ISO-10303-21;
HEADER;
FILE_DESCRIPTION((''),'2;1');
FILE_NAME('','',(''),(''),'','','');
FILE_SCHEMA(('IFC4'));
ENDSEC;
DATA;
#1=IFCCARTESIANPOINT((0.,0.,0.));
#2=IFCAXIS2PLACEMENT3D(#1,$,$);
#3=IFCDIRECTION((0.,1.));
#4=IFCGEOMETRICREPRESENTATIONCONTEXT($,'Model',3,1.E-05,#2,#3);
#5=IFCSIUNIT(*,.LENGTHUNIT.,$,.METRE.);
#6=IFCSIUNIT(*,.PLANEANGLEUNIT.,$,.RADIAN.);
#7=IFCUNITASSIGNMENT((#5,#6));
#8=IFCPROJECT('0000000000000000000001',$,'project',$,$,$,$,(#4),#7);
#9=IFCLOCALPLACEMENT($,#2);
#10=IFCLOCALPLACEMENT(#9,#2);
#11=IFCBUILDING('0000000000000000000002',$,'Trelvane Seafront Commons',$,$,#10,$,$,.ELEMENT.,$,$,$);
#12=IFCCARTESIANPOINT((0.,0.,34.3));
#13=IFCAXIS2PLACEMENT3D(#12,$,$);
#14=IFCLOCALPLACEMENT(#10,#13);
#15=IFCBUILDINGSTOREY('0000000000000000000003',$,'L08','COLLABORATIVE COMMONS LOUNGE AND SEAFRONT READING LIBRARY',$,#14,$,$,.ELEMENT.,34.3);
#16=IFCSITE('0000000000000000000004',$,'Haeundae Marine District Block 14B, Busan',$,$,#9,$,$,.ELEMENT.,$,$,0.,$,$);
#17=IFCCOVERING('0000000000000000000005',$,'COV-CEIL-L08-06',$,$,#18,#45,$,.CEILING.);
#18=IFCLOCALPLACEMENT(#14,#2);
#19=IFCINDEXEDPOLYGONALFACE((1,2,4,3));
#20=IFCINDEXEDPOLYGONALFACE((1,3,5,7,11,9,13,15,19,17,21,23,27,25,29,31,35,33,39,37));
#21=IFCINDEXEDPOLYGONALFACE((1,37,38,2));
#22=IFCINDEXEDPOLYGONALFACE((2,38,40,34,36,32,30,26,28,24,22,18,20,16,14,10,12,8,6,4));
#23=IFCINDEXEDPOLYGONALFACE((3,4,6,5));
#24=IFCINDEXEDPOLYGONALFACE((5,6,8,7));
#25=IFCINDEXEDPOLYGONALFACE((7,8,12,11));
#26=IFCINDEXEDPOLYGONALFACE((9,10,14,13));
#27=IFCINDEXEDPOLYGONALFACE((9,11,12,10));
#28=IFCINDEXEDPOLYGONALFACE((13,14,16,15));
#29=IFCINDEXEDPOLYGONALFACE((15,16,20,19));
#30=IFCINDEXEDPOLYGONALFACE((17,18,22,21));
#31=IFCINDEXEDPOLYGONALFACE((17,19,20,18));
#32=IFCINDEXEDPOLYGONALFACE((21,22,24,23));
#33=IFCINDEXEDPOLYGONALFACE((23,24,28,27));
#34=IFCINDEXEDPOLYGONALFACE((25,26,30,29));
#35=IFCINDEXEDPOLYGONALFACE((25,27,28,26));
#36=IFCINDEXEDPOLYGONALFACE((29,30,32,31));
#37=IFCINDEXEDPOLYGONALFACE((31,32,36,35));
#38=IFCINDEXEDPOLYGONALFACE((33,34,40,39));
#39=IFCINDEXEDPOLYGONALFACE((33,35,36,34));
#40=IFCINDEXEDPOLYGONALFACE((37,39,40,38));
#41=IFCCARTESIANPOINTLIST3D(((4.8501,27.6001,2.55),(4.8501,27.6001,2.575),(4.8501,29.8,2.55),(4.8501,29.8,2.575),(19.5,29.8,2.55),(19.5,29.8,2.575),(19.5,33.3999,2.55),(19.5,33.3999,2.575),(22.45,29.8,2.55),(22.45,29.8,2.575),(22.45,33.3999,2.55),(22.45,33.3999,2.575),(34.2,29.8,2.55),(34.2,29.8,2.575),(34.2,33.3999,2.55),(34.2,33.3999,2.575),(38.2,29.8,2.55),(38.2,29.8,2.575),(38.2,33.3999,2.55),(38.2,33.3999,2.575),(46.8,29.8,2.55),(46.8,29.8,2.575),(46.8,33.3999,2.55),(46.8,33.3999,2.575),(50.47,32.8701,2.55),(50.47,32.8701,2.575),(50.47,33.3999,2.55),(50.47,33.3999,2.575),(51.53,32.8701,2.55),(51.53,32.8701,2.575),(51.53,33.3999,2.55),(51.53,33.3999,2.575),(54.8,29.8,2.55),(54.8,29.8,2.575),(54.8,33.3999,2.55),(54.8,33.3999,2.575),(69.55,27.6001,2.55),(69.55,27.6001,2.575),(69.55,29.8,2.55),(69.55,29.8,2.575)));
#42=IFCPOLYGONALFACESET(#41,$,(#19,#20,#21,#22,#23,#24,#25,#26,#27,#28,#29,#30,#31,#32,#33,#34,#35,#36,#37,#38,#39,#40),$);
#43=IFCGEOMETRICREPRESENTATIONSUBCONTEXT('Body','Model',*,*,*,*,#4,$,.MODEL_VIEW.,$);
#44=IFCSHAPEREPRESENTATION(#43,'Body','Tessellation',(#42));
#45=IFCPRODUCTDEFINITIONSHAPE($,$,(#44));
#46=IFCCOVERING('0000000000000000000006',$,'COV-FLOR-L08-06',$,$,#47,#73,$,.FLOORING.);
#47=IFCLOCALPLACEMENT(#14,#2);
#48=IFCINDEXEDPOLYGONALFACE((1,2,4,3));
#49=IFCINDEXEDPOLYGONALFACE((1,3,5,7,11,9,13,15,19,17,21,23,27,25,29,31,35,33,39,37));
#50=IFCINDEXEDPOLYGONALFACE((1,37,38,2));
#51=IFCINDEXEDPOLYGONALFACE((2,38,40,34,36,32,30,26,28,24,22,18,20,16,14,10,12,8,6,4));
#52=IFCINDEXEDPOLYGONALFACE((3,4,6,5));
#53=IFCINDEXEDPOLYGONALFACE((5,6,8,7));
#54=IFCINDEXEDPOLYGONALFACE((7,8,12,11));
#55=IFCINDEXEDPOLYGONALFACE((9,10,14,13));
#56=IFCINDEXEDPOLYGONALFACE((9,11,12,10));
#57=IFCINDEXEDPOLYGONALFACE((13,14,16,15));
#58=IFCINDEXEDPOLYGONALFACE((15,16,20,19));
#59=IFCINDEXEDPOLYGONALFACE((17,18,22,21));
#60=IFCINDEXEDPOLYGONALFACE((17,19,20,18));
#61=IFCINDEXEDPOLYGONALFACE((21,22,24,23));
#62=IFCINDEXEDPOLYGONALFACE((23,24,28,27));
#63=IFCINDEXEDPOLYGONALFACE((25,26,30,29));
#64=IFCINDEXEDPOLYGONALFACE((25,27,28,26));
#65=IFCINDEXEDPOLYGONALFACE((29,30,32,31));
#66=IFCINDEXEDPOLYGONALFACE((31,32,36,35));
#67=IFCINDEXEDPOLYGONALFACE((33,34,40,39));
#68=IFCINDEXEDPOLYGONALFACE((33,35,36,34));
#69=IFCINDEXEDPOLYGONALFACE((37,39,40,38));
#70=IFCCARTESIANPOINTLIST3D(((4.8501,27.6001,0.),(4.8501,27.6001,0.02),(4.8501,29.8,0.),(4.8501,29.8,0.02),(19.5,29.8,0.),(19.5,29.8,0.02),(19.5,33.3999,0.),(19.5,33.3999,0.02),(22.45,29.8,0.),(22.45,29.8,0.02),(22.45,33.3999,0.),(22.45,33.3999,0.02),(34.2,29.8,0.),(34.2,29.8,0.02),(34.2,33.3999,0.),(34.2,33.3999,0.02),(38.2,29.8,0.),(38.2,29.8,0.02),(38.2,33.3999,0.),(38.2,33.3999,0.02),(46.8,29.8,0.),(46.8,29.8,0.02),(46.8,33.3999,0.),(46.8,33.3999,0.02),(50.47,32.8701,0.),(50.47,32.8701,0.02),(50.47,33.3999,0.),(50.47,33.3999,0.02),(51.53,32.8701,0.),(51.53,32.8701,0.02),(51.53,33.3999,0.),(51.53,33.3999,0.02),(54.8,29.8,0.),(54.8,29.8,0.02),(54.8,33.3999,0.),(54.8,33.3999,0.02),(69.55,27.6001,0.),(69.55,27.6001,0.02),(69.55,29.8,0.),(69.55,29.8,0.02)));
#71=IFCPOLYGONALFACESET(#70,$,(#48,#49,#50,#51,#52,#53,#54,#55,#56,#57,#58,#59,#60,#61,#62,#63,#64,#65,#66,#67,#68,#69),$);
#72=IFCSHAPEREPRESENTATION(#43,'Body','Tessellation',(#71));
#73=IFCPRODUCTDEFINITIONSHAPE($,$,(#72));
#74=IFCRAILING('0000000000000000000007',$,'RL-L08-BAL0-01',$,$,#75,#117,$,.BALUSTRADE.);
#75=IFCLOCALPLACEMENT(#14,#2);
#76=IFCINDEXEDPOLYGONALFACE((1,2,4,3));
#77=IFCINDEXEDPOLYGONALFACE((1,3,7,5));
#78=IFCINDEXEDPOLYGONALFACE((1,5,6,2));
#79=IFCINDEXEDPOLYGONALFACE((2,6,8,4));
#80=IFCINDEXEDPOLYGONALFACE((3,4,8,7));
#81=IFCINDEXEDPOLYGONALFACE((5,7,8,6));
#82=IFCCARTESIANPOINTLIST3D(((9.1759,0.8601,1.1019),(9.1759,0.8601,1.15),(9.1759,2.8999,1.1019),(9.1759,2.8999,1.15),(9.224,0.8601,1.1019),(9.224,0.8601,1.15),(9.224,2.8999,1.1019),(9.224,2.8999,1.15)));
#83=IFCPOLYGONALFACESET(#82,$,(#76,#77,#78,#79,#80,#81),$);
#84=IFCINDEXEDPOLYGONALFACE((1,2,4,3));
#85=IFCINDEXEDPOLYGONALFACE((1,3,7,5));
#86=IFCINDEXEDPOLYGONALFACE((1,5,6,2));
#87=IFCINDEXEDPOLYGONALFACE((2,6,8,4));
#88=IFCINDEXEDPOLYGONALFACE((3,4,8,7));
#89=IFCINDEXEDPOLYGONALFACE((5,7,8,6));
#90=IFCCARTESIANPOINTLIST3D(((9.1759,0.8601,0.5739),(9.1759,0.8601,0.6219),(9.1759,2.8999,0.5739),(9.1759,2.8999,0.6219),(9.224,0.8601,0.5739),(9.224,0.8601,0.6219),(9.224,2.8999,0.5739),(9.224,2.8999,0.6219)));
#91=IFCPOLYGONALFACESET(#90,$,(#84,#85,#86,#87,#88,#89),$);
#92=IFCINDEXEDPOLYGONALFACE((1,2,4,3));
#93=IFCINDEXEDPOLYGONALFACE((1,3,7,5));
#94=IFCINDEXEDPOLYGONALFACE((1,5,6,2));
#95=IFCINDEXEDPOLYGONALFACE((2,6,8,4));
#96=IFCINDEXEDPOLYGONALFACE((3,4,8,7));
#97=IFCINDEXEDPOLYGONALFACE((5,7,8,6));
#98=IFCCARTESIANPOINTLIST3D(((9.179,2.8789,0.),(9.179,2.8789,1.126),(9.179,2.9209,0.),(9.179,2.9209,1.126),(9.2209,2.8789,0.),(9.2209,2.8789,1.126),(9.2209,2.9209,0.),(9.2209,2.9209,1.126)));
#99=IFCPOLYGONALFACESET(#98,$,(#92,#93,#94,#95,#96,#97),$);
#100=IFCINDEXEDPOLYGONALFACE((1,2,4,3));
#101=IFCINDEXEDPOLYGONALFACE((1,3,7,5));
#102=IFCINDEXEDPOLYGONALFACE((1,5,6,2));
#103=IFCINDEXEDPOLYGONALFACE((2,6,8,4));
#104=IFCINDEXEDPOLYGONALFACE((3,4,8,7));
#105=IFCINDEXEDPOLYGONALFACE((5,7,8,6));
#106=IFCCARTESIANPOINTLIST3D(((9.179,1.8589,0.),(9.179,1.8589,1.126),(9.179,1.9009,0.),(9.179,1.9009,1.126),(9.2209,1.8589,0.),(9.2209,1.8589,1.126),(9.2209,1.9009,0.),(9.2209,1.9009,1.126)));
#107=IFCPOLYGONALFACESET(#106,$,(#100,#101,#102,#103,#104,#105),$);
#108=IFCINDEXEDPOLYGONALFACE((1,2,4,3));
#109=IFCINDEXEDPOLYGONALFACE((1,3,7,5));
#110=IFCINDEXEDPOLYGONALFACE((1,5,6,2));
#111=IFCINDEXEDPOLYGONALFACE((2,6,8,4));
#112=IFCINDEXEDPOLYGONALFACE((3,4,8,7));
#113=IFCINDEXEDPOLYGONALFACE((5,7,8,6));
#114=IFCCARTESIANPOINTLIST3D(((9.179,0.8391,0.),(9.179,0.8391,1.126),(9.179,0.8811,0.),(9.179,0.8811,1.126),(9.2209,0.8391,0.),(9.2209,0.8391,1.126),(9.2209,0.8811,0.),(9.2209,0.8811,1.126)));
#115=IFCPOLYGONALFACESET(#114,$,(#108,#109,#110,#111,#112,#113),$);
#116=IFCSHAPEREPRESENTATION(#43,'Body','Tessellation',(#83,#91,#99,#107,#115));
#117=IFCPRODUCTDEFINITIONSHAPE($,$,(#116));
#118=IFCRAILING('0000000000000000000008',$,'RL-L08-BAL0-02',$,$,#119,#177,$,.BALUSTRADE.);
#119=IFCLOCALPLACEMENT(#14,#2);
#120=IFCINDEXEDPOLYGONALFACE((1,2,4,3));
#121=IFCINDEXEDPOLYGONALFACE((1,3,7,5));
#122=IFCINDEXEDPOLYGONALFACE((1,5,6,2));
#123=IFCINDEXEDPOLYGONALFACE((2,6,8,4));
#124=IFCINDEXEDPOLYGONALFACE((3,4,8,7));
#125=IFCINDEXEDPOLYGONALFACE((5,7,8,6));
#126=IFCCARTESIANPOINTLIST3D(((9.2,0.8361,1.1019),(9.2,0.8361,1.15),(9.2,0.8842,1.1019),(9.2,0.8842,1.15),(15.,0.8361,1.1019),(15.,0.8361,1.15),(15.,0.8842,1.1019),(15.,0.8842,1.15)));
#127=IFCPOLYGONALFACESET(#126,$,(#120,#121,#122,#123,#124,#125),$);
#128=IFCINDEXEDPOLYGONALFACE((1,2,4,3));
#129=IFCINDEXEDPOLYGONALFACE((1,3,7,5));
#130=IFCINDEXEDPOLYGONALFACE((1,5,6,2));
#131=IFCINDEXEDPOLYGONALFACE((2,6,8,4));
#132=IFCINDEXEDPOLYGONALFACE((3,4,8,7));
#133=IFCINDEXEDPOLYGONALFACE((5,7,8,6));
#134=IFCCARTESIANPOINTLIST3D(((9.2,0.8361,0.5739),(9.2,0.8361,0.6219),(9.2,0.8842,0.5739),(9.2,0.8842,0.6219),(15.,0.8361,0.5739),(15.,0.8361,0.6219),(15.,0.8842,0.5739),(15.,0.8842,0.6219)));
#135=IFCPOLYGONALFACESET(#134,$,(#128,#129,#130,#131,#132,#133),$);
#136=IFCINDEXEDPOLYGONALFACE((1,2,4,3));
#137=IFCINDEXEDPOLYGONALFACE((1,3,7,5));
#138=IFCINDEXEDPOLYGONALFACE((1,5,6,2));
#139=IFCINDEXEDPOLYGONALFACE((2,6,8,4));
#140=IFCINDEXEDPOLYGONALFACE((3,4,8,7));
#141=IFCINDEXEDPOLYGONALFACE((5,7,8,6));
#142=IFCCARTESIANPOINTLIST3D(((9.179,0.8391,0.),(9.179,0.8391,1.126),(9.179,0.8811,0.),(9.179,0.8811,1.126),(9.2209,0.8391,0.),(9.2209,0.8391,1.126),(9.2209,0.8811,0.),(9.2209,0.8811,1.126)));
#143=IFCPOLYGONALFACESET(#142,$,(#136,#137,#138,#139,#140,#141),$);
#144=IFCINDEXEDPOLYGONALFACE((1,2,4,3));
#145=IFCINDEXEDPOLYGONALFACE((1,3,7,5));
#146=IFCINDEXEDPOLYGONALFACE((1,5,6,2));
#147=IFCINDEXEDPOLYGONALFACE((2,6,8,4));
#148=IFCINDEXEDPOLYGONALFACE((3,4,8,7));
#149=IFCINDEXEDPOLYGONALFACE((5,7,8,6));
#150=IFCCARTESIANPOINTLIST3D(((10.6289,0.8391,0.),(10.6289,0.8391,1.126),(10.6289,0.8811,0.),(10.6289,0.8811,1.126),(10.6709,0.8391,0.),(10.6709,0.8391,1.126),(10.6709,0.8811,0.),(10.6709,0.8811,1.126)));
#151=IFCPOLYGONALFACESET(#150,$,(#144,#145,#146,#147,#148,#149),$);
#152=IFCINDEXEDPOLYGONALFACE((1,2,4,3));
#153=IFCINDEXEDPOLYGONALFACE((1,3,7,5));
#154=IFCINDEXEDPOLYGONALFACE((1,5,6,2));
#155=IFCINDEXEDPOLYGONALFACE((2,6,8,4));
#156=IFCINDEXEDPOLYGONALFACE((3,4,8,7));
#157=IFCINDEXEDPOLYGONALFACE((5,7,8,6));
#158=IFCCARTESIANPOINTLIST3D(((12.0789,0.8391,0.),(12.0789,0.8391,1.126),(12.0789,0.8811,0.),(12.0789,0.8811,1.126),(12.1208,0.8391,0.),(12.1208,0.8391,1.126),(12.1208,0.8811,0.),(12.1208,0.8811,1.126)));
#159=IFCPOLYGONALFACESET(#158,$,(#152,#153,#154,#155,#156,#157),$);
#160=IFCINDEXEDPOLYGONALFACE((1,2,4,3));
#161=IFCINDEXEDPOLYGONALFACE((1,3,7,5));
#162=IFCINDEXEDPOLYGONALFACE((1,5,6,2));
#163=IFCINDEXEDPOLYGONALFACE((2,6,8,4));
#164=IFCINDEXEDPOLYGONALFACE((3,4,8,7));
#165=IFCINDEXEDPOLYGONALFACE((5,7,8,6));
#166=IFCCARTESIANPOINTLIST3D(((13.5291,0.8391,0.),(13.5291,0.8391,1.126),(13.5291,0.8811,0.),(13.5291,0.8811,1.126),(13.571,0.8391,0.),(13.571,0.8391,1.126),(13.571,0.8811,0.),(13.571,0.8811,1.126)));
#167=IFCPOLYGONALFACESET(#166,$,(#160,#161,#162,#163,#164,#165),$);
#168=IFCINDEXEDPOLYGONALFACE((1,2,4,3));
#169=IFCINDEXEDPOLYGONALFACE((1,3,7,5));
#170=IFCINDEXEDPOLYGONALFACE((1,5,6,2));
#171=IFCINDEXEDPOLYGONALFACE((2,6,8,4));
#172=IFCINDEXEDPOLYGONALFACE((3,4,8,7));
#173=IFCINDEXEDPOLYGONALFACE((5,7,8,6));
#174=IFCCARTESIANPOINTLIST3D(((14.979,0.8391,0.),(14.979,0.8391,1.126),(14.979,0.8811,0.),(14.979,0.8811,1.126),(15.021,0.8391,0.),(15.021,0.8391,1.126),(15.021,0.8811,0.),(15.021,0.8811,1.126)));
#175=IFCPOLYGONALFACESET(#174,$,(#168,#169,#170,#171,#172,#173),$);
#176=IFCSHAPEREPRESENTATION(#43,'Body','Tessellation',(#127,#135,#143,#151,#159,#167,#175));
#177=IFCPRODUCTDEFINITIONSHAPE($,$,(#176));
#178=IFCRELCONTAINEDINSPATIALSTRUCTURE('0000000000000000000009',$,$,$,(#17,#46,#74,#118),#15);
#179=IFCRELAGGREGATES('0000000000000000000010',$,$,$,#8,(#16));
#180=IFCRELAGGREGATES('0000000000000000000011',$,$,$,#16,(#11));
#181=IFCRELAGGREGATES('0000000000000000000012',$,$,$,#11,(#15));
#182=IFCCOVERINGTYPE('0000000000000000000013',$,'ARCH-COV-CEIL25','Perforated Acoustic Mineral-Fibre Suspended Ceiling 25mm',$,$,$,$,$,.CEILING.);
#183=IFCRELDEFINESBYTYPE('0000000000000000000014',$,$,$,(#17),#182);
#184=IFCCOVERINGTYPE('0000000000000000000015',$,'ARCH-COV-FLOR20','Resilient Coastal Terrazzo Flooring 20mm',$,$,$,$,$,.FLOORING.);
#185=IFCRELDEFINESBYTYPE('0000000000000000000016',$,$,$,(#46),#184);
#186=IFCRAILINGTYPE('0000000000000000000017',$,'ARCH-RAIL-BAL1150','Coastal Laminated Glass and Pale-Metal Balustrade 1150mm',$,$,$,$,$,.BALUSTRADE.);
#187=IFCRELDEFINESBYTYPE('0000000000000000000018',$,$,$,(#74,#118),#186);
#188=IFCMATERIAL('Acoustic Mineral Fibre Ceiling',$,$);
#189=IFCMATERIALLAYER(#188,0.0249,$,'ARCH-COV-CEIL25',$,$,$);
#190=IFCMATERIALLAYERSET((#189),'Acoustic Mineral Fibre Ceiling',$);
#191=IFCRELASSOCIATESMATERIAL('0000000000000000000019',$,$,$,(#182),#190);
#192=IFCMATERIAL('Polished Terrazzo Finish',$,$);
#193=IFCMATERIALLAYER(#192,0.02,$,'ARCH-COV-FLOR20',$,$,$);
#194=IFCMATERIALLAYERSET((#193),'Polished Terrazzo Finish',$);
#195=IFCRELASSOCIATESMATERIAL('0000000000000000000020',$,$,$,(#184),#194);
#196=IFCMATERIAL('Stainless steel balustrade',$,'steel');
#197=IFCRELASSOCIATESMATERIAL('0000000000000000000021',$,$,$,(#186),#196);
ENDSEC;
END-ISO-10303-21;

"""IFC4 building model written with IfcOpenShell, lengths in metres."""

from ifc_helpers import new_model, si_unit, direction, frame, origin, origin_2d, place, context, subcontext, project, spatial, polyline, rectangle, outline, extrude, material, layer, layer_set, type_object, element, save


model = new_model("IFC4")

# Units and contexts
model_context = context("Model", 3, precision=1e-05, world=origin(), true_north=direction((0.0, 1.0)))
body_context = subcontext(model_context, "Body", "Model", "MODEL_VIEW")
ifc_project = project(units=[si_unit("LENGTHUNIT", "METRE"), si_unit("PLANEANGLEUNIT", "RADIAN")], contexts=[model_context])

# Site, building, storey
site_placement = place(None, origin())
site = spatial("IfcSite", under=ifc_project, at=site_placement, Name="Haeundae Marine District Block 14B, Busan", CompositionType="ELEMENT", RefElevation=0.0)
building_placement = place(site_placement, origin())
building = spatial("IfcBuilding", under=site, at=building_placement, Name="Trelvane Seafront Commons", CompositionType="ELEMENT")
storey_placement = place(building_placement, frame((0.0, 0.0, 34.3)))
storey = spatial("IfcBuildingStorey", under=building, at=storey_placement, Name="L08", Description="COLLABORATIVE COMMONS LOUNGE AND SEAFRONT READING LIBRARY", CompositionType="ELEMENT", Elevation=34.3)

# Coverings
ifc_material_1 = material(Name="Acoustic Mineral Fibre Ceiling")
ifc_layer_1 = layer(ifc_material_1, 0.0249, Name="ARCH-COV-CEIL25")
ifc_layer_set_1 = layer_set([ifc_layer_1], Name="Acoustic Mineral Fibre Ceiling")
covering_type_1 = type_object("IfcCoveringType", Name="ARCH-COV-CEIL25", Description="Perforated Acoustic Mineral-Fibre Suspended Ceiling 25mm", PredefinedType="CEILING", material=ifc_layer_set_1)
covering_1_placement = place(storey_placement, frame((0.0, 0.0, 2.55)))
element("IfcCovering", 1, at=covering_1_placement, inside=storey, type_object=covering_type_1, Name="COV-CEIL-L08-06", PredefinedType="CEILING", context=body_context, shape_type="SweptSolid", body=[
    extrude(outline(polyline([(51.53, 33.3999), (51.53, 32.8701), (50.47, 32.8701), (50.47, 33.3999), (46.8, 33.3999), (46.8, 29.8), (38.2, 29.8), (38.2, 33.3999), (34.2, 33.3999), (34.2, 29.8), (22.45, 29.8), (22.45, 33.3999), (19.5, 33.3999), (19.5, 29.8), (4.8501, 29.8), (4.8501, 27.6001), (69.55, 27.6001), (69.55, 29.8), (54.8, 29.8), (54.8, 33.3999), (51.53, 33.3999)])), origin(), (0.0, 0.0, 1.0), 0.0249),
])
ifc_material_2 = material(Name="Polished Terrazzo Finish")
ifc_layer_2 = layer(ifc_material_2, 0.02, Name="ARCH-COV-FLOR20")
ifc_layer_set_2 = layer_set([ifc_layer_2], Name="Polished Terrazzo Finish")
covering_type_2 = type_object("IfcCoveringType", Name="ARCH-COV-FLOR20", Description="Resilient Coastal Terrazzo Flooring 20mm", PredefinedType="FLOORING", material=ifc_layer_set_2)
covering_2_placement = place(storey_placement, origin())
element("IfcCovering", 2, at=covering_2_placement, inside=storey, type_object=covering_type_2, Name="COV-FLOR-L08-06", PredefinedType="FLOORING", context=body_context, shape_type="SweptSolid", body=[
    extrude(outline(polyline([(51.53, 33.3999), (51.53, 32.8701), (50.47, 32.8701), (50.47, 33.3999), (46.8, 33.3999), (46.8, 29.8), (38.2, 29.8), (38.2, 33.3999), (34.2, 33.3999), (34.2, 29.8), (22.45, 29.8), (22.45, 33.3999), (19.5, 33.3999), (19.5, 29.8), (4.8501, 29.8), (4.8501, 27.6001), (69.55, 27.6001), (69.55, 29.8), (54.8, 29.8), (54.8, 33.3999), (51.53, 33.3999)])), origin(), (0.0, 0.0, 1.0), 0.02),
])

# Railings
ifc_material_3 = material(Name="Stainless steel balustrade", Category="steel")
railing_type = type_object("IfcRailingType", Name="ARCH-RAIL-BAL1150", Description="Coastal Laminated Glass and Pale-Metal Balustrade 1150mm", PredefinedType="BALUSTRADE", material=ifc_material_3)
railing_1_placement = place(storey_placement, frame((9.2, 2.8999, 0.0)))
element("IfcRailing", 3, at=railing_1_placement, inside=storey, type_object=railing_type, Name="RL-L08-BAL0-01", PredefinedType="BALUSTRADE", context=body_context, shape_type="SweptSolid", body=[
    extrude(rectangle(XDim=0.0481, YDim=0.0481, at=origin_2d()), frame((0.0, 0.0, 1.126), z_axis=(0.0, -1.0, 0.0), x_axis=(1.0, 0.0, 0.0)), (0.0, 0.0, 1.0), 2.0398),
    extrude(rectangle(XDim=0.0481, YDim=0.0481, at=origin_2d()), frame((0.0, 0.0, 0.5979), z_axis=(0.0, -1.0, 0.0), x_axis=(1.0, 0.0, 0.0)), (0.0, 0.0, 1.0), 2.0398),
    extrude(rectangle(XDim=0.042, YDim=0.042, at=origin_2d()), origin(), (0.0, 0.0, 1.0), 1.126),
    extrude(rectangle(XDim=0.042, YDim=0.042, at=origin_2d()), frame((0.0, -1.02, 0.0)), (0.0, 0.0, 1.0), 1.126),
    extrude(rectangle(XDim=0.042, YDim=0.042, at=origin_2d()), frame((0.0, -2.0398, 0.0)), (0.0, 0.0, 1.0), 1.126),
])
railing_2_placement = place(storey_placement, frame((9.2, 0.8601, 0.0)))
element("IfcRailing", 4, at=railing_2_placement, inside=storey, type_object=railing_type, Name="RL-L08-BAL0-02", PredefinedType="BALUSTRADE", context=body_context, shape_type="SweptSolid", body=[
    extrude(rectangle(XDim=0.0481, YDim=0.0481, at=origin_2d()), frame((0.0, 0.0, 1.126), z_axis=(1.0, 0.0, 0.0), x_axis=(0.0, 1.0, 0.0)), (0.0, 0.0, 1.0), 5.8),
    extrude(rectangle(XDim=0.0481, YDim=0.0481, at=origin_2d()), frame((0.0, 0.0, 0.5979), z_axis=(1.0, 0.0, 0.0), x_axis=(0.0, 1.0, 0.0)), (0.0, 0.0, 1.0), 5.8),
    extrude(rectangle(XDim=0.042, YDim=0.042, at=origin_2d()), origin(), (0.0, 0.0, 1.0), 1.126),
    extrude(rectangle(XDim=0.042, YDim=0.042, at=origin_2d()), frame((1.45, 0.0, 0.0)), (0.0, 0.0, 1.0), 1.126),
    extrude(rectangle(XDim=0.042, YDim=0.042, at=origin_2d()), frame((2.8999, 0.0, 0.0)), (0.0, 0.0, 1.0), 1.126),
    extrude(rectangle(XDim=0.042, YDim=0.042, at=origin_2d()), frame((4.3501, 0.0, 0.0)), (0.0, 0.0, 1.0), 1.126),
    extrude(rectangle(XDim=0.042, YDim=0.042, at=origin_2d()), frame((5.8, 0.0, 0.0)), (0.0, 0.0, 1.0), 1.126),
])

save(model, "model.ifc")
